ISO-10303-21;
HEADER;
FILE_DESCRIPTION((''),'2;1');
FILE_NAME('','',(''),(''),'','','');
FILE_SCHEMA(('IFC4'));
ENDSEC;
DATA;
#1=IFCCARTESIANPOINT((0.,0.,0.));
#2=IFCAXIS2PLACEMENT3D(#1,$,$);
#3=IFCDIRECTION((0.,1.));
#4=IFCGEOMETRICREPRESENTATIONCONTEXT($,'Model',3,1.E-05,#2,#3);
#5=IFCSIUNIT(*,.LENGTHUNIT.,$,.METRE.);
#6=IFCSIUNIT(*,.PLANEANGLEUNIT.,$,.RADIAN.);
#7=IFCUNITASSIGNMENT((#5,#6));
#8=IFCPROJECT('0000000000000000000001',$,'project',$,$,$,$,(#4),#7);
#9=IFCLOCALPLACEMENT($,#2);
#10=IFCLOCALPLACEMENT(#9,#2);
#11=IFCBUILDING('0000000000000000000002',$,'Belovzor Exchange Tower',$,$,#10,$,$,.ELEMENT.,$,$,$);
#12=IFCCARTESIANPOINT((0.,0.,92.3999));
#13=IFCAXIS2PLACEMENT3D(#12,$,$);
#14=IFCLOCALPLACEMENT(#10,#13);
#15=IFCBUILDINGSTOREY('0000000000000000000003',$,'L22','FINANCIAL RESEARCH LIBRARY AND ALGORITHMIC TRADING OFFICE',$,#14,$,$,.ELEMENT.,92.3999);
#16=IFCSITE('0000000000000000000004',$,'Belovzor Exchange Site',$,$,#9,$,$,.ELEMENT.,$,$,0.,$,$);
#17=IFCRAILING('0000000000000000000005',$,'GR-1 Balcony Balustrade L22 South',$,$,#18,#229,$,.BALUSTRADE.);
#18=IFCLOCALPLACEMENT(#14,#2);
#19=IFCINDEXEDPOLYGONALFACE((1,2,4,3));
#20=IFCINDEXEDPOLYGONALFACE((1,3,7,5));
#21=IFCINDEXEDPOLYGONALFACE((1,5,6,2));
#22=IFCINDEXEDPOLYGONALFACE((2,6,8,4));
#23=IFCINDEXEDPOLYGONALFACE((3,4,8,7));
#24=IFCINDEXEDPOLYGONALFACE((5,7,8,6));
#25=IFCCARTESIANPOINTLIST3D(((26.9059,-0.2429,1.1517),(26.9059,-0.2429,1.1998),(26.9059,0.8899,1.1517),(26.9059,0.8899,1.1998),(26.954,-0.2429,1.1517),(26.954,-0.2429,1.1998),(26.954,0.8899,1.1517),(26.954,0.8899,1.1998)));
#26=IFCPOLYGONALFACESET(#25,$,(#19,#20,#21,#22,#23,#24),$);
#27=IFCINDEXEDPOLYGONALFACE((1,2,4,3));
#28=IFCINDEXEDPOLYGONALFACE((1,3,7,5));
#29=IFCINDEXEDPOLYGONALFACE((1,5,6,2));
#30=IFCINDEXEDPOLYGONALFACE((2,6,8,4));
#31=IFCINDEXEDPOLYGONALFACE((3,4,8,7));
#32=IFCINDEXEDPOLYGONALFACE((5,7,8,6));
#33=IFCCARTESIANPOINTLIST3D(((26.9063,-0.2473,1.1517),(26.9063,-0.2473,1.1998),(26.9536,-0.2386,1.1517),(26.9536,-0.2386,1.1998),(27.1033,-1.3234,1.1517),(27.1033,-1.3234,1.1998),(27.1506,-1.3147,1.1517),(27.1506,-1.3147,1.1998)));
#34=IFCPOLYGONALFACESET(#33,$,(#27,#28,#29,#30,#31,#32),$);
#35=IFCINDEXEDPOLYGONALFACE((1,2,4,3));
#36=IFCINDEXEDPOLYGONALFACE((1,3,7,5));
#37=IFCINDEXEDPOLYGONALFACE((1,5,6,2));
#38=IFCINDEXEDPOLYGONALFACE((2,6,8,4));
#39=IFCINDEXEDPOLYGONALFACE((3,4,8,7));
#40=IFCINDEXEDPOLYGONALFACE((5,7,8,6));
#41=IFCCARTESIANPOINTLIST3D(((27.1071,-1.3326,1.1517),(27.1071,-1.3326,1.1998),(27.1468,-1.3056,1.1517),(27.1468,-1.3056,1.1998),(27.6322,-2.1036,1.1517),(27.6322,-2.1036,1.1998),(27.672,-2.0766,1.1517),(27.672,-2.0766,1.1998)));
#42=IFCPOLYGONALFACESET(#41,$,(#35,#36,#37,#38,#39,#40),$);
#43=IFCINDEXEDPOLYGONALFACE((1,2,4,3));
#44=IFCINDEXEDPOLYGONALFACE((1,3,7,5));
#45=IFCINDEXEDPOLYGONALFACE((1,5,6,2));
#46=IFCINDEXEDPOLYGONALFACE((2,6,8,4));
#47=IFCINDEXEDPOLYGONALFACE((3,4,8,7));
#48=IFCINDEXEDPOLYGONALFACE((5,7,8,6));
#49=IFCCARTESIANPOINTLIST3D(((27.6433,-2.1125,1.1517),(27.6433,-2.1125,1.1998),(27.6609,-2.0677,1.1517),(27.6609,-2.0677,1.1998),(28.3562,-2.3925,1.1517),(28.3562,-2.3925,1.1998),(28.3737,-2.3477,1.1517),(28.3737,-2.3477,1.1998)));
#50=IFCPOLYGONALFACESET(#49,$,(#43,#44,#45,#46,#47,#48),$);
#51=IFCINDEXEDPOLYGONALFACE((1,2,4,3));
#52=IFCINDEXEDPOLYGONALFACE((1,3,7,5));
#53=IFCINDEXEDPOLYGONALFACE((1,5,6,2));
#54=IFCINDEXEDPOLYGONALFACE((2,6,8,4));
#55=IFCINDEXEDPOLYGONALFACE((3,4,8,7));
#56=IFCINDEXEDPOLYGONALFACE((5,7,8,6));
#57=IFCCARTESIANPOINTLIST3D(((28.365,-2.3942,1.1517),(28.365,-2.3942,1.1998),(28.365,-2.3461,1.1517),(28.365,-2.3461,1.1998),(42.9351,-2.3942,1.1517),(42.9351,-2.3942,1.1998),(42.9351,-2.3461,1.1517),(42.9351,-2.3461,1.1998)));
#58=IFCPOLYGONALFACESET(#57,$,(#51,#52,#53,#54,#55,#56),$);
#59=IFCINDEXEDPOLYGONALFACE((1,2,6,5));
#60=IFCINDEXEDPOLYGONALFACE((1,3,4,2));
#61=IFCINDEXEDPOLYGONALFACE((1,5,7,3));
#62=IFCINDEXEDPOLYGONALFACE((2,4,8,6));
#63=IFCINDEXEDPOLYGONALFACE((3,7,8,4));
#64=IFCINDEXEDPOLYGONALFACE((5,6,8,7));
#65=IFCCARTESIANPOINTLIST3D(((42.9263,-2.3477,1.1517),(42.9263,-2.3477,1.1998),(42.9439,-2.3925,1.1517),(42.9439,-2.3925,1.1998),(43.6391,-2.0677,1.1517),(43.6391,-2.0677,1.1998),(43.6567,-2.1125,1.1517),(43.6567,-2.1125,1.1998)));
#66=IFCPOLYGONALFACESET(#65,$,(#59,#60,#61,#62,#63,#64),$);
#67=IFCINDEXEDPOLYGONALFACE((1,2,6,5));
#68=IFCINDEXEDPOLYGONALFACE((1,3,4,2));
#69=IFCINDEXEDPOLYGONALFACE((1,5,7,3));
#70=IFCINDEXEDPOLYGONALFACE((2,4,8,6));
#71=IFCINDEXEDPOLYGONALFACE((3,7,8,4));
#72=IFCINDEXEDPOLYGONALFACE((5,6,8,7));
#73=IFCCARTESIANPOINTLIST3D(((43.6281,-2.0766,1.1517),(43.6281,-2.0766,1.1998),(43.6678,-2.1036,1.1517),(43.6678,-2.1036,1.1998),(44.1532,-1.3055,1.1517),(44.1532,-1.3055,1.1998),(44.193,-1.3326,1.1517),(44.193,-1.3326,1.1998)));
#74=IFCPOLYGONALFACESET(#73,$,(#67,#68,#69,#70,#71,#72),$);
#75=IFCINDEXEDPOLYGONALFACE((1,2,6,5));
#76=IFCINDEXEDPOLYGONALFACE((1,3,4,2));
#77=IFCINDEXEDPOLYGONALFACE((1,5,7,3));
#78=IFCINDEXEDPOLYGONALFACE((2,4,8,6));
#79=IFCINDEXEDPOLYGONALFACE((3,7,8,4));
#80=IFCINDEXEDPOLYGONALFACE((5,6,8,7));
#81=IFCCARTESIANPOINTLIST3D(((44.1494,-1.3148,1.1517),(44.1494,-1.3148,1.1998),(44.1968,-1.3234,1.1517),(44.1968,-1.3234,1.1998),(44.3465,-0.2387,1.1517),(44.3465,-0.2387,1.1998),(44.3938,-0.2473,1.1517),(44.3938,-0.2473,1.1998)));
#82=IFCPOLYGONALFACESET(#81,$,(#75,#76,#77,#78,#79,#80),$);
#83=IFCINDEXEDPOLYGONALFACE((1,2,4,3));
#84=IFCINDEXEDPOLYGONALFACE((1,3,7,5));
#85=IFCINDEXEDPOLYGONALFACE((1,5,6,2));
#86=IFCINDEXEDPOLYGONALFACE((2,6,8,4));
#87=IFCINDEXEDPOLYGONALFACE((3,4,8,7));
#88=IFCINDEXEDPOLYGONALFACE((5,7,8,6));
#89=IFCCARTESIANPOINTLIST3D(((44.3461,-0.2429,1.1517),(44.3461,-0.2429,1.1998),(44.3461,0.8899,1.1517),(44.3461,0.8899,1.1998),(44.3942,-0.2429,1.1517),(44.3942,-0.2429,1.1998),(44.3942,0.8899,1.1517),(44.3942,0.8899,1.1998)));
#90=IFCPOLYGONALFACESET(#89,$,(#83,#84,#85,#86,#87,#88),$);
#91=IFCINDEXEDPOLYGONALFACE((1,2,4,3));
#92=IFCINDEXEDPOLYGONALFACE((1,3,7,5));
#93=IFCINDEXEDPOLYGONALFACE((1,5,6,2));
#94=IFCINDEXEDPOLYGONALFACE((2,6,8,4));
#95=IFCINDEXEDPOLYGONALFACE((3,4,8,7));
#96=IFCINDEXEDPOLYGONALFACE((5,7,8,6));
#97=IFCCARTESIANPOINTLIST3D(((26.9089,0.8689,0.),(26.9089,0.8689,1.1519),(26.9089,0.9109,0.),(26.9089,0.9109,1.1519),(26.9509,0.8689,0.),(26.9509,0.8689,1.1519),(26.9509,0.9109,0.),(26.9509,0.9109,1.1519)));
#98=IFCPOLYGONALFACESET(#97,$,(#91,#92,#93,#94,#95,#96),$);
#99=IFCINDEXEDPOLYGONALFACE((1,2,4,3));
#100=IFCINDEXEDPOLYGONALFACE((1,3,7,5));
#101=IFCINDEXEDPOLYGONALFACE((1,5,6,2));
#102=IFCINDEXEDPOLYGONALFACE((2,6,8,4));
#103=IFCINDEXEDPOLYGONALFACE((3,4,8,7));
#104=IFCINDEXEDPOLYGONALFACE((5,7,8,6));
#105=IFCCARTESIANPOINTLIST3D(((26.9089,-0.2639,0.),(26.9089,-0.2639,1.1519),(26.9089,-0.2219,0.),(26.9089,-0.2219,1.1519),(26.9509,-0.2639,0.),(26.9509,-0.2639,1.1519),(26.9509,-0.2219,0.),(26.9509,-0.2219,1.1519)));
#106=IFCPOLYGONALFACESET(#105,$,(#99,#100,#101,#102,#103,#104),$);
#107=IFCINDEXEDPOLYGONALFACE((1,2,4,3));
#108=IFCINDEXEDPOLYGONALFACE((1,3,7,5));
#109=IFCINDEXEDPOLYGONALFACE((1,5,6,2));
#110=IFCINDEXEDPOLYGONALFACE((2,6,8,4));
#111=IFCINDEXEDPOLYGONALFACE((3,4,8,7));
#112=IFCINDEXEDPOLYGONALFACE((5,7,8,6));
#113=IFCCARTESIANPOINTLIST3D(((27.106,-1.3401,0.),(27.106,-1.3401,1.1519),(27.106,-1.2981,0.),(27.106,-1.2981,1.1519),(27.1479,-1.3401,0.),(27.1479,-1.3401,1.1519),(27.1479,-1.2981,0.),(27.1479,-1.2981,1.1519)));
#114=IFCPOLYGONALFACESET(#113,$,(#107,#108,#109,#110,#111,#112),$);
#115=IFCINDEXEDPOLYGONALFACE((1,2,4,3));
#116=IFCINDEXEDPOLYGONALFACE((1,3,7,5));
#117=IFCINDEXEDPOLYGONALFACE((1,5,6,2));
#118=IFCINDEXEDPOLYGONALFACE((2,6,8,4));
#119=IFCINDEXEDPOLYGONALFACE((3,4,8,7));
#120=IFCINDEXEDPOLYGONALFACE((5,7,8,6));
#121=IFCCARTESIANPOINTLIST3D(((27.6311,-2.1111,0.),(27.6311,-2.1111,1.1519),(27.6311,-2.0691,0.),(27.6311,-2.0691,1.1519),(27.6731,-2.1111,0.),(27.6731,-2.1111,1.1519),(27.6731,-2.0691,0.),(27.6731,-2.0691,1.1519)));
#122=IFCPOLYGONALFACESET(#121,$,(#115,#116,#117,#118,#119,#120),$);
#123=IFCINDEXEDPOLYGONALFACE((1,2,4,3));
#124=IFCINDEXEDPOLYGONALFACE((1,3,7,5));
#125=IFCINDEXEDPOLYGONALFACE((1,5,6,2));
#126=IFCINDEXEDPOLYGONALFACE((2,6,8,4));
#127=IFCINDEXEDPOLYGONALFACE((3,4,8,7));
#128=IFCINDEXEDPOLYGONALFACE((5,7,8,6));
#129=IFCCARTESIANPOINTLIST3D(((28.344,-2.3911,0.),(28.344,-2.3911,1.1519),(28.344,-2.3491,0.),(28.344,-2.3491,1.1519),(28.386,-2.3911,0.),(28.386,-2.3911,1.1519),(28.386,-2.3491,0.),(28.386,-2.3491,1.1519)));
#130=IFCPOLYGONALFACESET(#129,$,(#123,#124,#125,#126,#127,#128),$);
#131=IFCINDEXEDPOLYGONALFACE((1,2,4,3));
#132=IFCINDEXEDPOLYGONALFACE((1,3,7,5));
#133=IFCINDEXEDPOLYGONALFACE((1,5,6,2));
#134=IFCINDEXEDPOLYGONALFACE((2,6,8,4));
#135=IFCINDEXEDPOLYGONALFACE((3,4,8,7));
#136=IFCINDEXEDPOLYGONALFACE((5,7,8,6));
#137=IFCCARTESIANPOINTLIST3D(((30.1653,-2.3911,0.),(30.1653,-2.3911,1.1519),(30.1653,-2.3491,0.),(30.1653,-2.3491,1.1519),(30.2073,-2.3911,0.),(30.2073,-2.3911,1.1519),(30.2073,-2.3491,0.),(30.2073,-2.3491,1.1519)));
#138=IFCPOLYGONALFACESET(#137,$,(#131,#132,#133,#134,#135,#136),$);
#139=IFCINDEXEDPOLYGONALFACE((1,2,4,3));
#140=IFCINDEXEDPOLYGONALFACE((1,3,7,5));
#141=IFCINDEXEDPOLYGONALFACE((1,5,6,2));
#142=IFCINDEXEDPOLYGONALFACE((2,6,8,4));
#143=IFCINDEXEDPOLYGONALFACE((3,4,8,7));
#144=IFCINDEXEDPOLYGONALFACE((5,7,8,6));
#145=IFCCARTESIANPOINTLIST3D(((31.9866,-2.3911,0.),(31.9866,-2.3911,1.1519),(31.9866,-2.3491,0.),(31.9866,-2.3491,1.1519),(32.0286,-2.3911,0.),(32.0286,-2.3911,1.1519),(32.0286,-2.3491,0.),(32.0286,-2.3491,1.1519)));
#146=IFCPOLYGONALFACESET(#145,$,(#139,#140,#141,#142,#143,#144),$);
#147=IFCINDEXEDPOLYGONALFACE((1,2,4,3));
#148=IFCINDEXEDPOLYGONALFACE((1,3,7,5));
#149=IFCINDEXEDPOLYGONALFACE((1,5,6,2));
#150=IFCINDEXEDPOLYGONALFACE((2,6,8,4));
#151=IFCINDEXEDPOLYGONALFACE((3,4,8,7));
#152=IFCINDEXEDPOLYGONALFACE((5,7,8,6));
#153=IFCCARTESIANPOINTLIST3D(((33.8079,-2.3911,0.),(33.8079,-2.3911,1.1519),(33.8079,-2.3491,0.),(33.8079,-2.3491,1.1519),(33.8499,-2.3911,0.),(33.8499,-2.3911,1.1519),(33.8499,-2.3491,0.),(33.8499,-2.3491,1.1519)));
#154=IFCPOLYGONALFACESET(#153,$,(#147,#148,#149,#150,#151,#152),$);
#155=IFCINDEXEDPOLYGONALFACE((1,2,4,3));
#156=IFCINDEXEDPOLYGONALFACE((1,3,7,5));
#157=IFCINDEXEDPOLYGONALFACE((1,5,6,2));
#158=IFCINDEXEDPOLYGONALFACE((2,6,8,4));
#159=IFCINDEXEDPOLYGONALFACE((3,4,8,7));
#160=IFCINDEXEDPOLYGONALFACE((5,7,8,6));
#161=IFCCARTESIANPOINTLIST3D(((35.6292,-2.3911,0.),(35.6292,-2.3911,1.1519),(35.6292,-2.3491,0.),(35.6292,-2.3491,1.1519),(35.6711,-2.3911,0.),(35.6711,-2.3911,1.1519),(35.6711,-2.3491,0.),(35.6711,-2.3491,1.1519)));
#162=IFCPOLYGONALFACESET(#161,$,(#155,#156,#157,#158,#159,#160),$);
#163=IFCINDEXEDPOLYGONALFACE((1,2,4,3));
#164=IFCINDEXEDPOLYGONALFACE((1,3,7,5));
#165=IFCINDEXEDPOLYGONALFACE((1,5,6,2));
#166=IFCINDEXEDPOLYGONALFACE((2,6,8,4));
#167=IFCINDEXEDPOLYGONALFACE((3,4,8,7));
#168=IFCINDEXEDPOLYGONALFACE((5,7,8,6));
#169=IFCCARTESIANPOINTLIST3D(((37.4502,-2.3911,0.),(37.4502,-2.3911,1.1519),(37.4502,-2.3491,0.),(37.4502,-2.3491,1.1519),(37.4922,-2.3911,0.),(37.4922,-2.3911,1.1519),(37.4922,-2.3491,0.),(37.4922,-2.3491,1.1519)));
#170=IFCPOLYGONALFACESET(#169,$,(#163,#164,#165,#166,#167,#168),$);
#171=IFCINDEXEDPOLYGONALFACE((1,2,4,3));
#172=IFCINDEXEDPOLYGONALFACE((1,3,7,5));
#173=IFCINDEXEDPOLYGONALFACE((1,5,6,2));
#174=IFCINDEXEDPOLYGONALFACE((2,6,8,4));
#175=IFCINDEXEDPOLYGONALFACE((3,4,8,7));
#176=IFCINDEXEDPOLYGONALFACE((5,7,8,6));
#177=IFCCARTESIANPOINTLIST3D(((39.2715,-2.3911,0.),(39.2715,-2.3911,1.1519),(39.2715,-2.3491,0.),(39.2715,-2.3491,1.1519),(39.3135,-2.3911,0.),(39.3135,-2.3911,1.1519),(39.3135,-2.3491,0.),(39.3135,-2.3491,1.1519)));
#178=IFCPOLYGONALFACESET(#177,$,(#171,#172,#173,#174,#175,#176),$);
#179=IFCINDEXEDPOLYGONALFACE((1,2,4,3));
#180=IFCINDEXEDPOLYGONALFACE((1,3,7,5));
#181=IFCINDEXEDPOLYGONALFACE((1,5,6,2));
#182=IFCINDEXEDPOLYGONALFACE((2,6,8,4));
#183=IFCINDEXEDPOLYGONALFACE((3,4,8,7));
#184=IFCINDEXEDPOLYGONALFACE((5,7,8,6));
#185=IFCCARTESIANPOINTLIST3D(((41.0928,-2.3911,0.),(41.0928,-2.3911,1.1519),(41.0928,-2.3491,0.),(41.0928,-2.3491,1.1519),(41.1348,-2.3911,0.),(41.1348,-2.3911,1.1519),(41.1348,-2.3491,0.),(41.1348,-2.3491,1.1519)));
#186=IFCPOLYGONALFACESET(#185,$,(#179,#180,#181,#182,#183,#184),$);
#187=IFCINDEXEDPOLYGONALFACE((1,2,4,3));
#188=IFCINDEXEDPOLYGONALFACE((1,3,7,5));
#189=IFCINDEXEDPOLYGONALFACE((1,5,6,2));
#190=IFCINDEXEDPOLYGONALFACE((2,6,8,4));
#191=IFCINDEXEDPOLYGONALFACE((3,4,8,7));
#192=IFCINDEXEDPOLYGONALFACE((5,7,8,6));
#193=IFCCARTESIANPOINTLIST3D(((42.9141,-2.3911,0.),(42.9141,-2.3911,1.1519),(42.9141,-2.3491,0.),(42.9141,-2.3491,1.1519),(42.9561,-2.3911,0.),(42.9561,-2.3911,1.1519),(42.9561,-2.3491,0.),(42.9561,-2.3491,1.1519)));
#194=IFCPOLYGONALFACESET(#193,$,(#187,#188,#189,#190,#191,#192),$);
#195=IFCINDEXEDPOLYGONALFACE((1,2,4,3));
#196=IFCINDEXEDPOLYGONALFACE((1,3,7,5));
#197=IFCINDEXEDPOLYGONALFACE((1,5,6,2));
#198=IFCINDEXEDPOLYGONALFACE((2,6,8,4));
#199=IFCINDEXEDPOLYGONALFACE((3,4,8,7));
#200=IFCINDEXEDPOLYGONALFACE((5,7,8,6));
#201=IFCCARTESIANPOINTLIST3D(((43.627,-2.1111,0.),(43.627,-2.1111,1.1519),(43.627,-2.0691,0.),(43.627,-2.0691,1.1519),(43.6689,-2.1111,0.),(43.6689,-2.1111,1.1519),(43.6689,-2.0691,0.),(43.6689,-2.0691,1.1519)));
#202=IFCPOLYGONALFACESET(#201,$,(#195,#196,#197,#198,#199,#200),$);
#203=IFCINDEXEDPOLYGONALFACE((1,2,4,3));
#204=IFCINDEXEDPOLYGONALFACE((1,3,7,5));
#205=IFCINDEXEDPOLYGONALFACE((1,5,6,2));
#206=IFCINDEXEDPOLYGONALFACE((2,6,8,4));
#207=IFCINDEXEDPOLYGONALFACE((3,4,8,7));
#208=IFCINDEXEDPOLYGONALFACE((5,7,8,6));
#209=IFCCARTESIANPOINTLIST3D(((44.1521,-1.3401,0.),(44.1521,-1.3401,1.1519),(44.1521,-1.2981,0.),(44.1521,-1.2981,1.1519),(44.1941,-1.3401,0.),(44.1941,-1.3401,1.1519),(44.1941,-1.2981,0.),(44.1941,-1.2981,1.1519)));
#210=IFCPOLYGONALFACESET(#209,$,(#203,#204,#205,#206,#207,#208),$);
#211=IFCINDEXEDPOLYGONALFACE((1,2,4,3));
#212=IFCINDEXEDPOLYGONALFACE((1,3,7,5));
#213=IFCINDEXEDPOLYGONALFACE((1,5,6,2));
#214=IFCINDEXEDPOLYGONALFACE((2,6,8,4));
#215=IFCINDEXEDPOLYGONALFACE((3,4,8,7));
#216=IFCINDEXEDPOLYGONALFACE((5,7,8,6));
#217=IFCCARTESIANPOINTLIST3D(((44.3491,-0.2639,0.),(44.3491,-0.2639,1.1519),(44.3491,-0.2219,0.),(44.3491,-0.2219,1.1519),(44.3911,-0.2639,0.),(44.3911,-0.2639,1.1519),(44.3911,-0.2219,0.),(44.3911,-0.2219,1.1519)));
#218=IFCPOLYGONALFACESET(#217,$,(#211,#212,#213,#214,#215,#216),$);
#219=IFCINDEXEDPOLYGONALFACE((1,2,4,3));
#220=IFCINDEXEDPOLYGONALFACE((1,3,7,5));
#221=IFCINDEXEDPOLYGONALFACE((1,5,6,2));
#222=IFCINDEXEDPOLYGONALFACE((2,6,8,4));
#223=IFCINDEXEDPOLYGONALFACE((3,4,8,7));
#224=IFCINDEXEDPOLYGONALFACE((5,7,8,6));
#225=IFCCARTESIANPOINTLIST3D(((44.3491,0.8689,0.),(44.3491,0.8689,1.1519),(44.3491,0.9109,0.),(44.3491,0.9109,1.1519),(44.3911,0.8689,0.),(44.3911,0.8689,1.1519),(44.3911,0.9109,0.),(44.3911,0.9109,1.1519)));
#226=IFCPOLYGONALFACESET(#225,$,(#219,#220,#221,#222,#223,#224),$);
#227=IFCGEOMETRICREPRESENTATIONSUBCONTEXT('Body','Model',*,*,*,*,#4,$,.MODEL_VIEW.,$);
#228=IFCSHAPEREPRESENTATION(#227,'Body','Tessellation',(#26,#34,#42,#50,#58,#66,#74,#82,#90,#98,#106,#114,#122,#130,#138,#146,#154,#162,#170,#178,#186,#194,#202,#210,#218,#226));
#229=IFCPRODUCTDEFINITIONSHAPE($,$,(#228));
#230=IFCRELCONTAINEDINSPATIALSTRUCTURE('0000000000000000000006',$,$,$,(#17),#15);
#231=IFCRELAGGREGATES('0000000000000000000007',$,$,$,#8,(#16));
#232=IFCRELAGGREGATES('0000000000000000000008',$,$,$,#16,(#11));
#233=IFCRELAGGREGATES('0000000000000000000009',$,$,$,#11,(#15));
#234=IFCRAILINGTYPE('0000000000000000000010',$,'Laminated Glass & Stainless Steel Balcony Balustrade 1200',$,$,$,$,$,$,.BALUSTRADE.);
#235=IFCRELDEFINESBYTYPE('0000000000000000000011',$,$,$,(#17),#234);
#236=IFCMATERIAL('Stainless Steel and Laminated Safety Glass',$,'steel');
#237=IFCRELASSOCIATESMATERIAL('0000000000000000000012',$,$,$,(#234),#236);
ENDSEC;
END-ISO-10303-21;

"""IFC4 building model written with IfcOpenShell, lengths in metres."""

from ifc_helpers import new_model, si_unit, direction, frame, origin, origin_2d, place, context, subcontext, project, spatial, rectangle, extrude, material, type_object, element, save


model = new_model("IFC4")

# Units and contexts
model_context = context("Model", 3, precision=1e-05, world=origin(), true_north=direction((0.0, 1.0)))
body_context = subcontext(model_context, "Body", "Model", "MODEL_VIEW")
ifc_project = project(units=[si_unit("LENGTHUNIT", "METRE"), si_unit("PLANEANGLEUNIT", "RADIAN")], contexts=[model_context])

# Site, building, storey
site_placement = place(None, origin())
site = spatial("IfcSite", under=ifc_project, at=site_placement, Name="Belovzor Exchange Site", CompositionType="ELEMENT", RefElevation=0.0)
building_placement = place(site_placement, origin())
building = spatial("IfcBuilding", under=site, at=building_placement, Name="Belovzor Exchange Tower", CompositionType="ELEMENT")
storey_placement = place(building_placement, frame((0.0, 0.0, 92.3999)))
storey = spatial("IfcBuildingStorey", under=building, at=storey_placement, Name="L22", Description="FINANCIAL RESEARCH LIBRARY AND ALGORITHMIC TRADING OFFICE", CompositionType="ELEMENT", Elevation=92.3999)

# Railing
ifc_material_1 = material(Name="Stainless Steel and Laminated Safety Glass", Category="steel")
railing_type = type_object("IfcRailingType", Name="Laminated Glass & Stainless Steel Balcony Balustrade 1200", PredefinedType="BALUSTRADE", material=ifc_material_1)
railing_placement = place(storey_placement, frame((26.9299, 0.8899, 0.0)))
element("IfcRailing", 1, at=railing_placement, inside=storey, type_object=railing_type, Name="GR-1 Balcony Balustrade L22 South", PredefinedType="BALUSTRADE", context=body_context, shape_type="SweptSolid", body=[
    extrude(rectangle(XDim=0.0481, YDim=0.0481, at=origin_2d()), frame((0.0, 0.0, 1.1758), z_axis=(0.0, -1.0, 0.0), x_axis=(1.0, 0.0, 0.0)), (0.0, 0.0, 1.0), 1.1328),
    extrude(rectangle(XDim=0.0481, YDim=0.0481, at=origin_2d()), frame((0.0, -1.1328, 1.1758), z_axis=(0.180083, -0.983651, 0.0), x_axis=(0.983651, 0.180083, 0.0)), (0.0, 0.0, 1.0), 1.094),
    extrude(rectangle(XDim=0.0481, YDim=0.0481, at=origin_2d()), frame((0.197, -2.209, 1.1758), z_axis=(0.562947, -0.826493, 0.0), x_axis=(0.826493, 0.562947, 0.0)), (0.0, 0.0, 1.0), 0.9329),
    extrude(rectangle(XDim=0.0481, YDim=0.0481, at=origin_2d()), frame((0.7222, -2.98, 1.1758), z_axis=(0.930767, -0.365613, 0.0), x_axis=(0.365613, 0.930767, 0.0)), (0.0, 0.0, 1.0), 0.7659),
    extrude(rectangle(XDim=0.0481, YDim=0.0481, at=origin_2d()), frame((1.4351, -3.26, 1.1758), z_axis=(1.0, 0.0, 0.0), x_axis=(0.0, 1.0, 0.0)), (0.0, 0.0, 1.0), 14.5701),
    extrude(rectangle(XDim=0.0481, YDim=0.0481, at=origin_2d()), frame((16.0051, -3.26, 1.1758), z_axis=(0.930767, 0.365613, 0.0), x_axis=(-0.365613, 0.930767, 0.0)), (0.0, 0.0, 1.0), 0.7659),
    extrude(rectangle(XDim=0.0481, YDim=0.0481, at=origin_2d()), frame((16.718, -2.98, 1.1758), z_axis=(0.562947, 0.826493, 0.0), x_axis=(-0.826493, 0.562947, 0.0)), (0.0, 0.0, 1.0), 0.9329),
    extrude(rectangle(XDim=0.0481, YDim=0.0481, at=origin_2d()), frame((17.2432, -2.209, 1.1758), z_axis=(0.180083, 0.983651, 0.0), x_axis=(-0.983651, 0.180083, 0.0)), (0.0, 0.0, 1.0), 1.094),
    extrude(rectangle(XDim=0.0481, YDim=0.0481, at=origin_2d()), frame((17.4402, -1.1328, 1.1758), z_axis=(0.0, 1.0, 0.0), x_axis=(-1.0, 0.0, 0.0)), (0.0, 0.0, 1.0), 1.1328),
    extrude(rectangle(XDim=0.042, YDim=0.042, at=origin_2d()), origin(), (0.0, 0.0, 1.0), 1.1519),
    extrude(rectangle(XDim=0.042, YDim=0.042, at=origin_2d()), frame((0.0, -1.1328, 0.0)), (0.0, 0.0, 1.0), 1.1519),
    extrude(rectangle(XDim=0.042, YDim=0.042, at=origin_2d()), frame((0.197, -2.209, 0.0)), (0.0, 0.0, 1.0), 1.1519),
    extrude(rectangle(XDim=0.042, YDim=0.042, at=origin_2d()), frame((0.7222, -2.98, 0.0)), (0.0, 0.0, 1.0), 1.1519),
    extrude(rectangle(XDim=0.042, YDim=0.042, at=origin_2d()), frame((1.4351, -3.26, 0.0)), (0.0, 0.0, 1.0), 1.1519),
    extrude(rectangle(XDim=0.042, YDim=0.042, at=origin_2d()), frame((3.2563, -3.26, 0.0)), (0.0, 0.0, 1.0), 1.1519),
    extrude(rectangle(XDim=0.042, YDim=0.042, at=origin_2d()), frame((5.0776, -3.26, 0.0)), (0.0, 0.0, 1.0), 1.1519),
    extrude(rectangle(XDim=0.042, YDim=0.042, at=origin_2d()), frame((6.8989, -3.26, 0.0)), (0.0, 0.0, 1.0), 1.1519),
    extrude(rectangle(XDim=0.042, YDim=0.042, at=origin_2d()), frame((8.7202, -3.26, 0.0)), (0.0, 0.0, 1.0), 1.1519),
    extrude(rectangle(XDim=0.042, YDim=0.042, at=origin_2d()), frame((10.5413, -3.26, 0.0)), (0.0, 0.0, 1.0), 1.1519),
    extrude(rectangle(XDim=0.042, YDim=0.042, at=origin_2d()), frame((12.3625, -3.26, 0.0)), (0.0, 0.0, 1.0), 1.1519),
    extrude(rectangle(XDim=0.042, YDim=0.042, at=origin_2d()), frame((14.1838, -3.26, 0.0)), (0.0, 0.0, 1.0), 1.1519),
    extrude(rectangle(XDim=0.042, YDim=0.042, at=origin_2d()), frame((16.0051, -3.26, 0.0)), (0.0, 0.0, 1.0), 1.1519),
    extrude(rectangle(XDim=0.042, YDim=0.042, at=origin_2d()), frame((16.718, -2.98, 0.0)), (0.0, 0.0, 1.0), 1.1519),
    extrude(rectangle(XDim=0.042, YDim=0.042, at=origin_2d()), frame((17.2432, -2.209, 0.0)), (0.0, 0.0, 1.0), 1.1519),
    extrude(rectangle(XDim=0.042, YDim=0.042, at=origin_2d()), frame((17.4402, -1.1328, 0.0)), (0.0, 0.0, 1.0), 1.1519),
    extrude(rectangle(XDim=0.042, YDim=0.042, at=origin_2d()), frame((17.4402, 0.0, 0.0)), (0.0, 0.0, 1.0), 1.1519),
])

save(model, "model.ifc")
